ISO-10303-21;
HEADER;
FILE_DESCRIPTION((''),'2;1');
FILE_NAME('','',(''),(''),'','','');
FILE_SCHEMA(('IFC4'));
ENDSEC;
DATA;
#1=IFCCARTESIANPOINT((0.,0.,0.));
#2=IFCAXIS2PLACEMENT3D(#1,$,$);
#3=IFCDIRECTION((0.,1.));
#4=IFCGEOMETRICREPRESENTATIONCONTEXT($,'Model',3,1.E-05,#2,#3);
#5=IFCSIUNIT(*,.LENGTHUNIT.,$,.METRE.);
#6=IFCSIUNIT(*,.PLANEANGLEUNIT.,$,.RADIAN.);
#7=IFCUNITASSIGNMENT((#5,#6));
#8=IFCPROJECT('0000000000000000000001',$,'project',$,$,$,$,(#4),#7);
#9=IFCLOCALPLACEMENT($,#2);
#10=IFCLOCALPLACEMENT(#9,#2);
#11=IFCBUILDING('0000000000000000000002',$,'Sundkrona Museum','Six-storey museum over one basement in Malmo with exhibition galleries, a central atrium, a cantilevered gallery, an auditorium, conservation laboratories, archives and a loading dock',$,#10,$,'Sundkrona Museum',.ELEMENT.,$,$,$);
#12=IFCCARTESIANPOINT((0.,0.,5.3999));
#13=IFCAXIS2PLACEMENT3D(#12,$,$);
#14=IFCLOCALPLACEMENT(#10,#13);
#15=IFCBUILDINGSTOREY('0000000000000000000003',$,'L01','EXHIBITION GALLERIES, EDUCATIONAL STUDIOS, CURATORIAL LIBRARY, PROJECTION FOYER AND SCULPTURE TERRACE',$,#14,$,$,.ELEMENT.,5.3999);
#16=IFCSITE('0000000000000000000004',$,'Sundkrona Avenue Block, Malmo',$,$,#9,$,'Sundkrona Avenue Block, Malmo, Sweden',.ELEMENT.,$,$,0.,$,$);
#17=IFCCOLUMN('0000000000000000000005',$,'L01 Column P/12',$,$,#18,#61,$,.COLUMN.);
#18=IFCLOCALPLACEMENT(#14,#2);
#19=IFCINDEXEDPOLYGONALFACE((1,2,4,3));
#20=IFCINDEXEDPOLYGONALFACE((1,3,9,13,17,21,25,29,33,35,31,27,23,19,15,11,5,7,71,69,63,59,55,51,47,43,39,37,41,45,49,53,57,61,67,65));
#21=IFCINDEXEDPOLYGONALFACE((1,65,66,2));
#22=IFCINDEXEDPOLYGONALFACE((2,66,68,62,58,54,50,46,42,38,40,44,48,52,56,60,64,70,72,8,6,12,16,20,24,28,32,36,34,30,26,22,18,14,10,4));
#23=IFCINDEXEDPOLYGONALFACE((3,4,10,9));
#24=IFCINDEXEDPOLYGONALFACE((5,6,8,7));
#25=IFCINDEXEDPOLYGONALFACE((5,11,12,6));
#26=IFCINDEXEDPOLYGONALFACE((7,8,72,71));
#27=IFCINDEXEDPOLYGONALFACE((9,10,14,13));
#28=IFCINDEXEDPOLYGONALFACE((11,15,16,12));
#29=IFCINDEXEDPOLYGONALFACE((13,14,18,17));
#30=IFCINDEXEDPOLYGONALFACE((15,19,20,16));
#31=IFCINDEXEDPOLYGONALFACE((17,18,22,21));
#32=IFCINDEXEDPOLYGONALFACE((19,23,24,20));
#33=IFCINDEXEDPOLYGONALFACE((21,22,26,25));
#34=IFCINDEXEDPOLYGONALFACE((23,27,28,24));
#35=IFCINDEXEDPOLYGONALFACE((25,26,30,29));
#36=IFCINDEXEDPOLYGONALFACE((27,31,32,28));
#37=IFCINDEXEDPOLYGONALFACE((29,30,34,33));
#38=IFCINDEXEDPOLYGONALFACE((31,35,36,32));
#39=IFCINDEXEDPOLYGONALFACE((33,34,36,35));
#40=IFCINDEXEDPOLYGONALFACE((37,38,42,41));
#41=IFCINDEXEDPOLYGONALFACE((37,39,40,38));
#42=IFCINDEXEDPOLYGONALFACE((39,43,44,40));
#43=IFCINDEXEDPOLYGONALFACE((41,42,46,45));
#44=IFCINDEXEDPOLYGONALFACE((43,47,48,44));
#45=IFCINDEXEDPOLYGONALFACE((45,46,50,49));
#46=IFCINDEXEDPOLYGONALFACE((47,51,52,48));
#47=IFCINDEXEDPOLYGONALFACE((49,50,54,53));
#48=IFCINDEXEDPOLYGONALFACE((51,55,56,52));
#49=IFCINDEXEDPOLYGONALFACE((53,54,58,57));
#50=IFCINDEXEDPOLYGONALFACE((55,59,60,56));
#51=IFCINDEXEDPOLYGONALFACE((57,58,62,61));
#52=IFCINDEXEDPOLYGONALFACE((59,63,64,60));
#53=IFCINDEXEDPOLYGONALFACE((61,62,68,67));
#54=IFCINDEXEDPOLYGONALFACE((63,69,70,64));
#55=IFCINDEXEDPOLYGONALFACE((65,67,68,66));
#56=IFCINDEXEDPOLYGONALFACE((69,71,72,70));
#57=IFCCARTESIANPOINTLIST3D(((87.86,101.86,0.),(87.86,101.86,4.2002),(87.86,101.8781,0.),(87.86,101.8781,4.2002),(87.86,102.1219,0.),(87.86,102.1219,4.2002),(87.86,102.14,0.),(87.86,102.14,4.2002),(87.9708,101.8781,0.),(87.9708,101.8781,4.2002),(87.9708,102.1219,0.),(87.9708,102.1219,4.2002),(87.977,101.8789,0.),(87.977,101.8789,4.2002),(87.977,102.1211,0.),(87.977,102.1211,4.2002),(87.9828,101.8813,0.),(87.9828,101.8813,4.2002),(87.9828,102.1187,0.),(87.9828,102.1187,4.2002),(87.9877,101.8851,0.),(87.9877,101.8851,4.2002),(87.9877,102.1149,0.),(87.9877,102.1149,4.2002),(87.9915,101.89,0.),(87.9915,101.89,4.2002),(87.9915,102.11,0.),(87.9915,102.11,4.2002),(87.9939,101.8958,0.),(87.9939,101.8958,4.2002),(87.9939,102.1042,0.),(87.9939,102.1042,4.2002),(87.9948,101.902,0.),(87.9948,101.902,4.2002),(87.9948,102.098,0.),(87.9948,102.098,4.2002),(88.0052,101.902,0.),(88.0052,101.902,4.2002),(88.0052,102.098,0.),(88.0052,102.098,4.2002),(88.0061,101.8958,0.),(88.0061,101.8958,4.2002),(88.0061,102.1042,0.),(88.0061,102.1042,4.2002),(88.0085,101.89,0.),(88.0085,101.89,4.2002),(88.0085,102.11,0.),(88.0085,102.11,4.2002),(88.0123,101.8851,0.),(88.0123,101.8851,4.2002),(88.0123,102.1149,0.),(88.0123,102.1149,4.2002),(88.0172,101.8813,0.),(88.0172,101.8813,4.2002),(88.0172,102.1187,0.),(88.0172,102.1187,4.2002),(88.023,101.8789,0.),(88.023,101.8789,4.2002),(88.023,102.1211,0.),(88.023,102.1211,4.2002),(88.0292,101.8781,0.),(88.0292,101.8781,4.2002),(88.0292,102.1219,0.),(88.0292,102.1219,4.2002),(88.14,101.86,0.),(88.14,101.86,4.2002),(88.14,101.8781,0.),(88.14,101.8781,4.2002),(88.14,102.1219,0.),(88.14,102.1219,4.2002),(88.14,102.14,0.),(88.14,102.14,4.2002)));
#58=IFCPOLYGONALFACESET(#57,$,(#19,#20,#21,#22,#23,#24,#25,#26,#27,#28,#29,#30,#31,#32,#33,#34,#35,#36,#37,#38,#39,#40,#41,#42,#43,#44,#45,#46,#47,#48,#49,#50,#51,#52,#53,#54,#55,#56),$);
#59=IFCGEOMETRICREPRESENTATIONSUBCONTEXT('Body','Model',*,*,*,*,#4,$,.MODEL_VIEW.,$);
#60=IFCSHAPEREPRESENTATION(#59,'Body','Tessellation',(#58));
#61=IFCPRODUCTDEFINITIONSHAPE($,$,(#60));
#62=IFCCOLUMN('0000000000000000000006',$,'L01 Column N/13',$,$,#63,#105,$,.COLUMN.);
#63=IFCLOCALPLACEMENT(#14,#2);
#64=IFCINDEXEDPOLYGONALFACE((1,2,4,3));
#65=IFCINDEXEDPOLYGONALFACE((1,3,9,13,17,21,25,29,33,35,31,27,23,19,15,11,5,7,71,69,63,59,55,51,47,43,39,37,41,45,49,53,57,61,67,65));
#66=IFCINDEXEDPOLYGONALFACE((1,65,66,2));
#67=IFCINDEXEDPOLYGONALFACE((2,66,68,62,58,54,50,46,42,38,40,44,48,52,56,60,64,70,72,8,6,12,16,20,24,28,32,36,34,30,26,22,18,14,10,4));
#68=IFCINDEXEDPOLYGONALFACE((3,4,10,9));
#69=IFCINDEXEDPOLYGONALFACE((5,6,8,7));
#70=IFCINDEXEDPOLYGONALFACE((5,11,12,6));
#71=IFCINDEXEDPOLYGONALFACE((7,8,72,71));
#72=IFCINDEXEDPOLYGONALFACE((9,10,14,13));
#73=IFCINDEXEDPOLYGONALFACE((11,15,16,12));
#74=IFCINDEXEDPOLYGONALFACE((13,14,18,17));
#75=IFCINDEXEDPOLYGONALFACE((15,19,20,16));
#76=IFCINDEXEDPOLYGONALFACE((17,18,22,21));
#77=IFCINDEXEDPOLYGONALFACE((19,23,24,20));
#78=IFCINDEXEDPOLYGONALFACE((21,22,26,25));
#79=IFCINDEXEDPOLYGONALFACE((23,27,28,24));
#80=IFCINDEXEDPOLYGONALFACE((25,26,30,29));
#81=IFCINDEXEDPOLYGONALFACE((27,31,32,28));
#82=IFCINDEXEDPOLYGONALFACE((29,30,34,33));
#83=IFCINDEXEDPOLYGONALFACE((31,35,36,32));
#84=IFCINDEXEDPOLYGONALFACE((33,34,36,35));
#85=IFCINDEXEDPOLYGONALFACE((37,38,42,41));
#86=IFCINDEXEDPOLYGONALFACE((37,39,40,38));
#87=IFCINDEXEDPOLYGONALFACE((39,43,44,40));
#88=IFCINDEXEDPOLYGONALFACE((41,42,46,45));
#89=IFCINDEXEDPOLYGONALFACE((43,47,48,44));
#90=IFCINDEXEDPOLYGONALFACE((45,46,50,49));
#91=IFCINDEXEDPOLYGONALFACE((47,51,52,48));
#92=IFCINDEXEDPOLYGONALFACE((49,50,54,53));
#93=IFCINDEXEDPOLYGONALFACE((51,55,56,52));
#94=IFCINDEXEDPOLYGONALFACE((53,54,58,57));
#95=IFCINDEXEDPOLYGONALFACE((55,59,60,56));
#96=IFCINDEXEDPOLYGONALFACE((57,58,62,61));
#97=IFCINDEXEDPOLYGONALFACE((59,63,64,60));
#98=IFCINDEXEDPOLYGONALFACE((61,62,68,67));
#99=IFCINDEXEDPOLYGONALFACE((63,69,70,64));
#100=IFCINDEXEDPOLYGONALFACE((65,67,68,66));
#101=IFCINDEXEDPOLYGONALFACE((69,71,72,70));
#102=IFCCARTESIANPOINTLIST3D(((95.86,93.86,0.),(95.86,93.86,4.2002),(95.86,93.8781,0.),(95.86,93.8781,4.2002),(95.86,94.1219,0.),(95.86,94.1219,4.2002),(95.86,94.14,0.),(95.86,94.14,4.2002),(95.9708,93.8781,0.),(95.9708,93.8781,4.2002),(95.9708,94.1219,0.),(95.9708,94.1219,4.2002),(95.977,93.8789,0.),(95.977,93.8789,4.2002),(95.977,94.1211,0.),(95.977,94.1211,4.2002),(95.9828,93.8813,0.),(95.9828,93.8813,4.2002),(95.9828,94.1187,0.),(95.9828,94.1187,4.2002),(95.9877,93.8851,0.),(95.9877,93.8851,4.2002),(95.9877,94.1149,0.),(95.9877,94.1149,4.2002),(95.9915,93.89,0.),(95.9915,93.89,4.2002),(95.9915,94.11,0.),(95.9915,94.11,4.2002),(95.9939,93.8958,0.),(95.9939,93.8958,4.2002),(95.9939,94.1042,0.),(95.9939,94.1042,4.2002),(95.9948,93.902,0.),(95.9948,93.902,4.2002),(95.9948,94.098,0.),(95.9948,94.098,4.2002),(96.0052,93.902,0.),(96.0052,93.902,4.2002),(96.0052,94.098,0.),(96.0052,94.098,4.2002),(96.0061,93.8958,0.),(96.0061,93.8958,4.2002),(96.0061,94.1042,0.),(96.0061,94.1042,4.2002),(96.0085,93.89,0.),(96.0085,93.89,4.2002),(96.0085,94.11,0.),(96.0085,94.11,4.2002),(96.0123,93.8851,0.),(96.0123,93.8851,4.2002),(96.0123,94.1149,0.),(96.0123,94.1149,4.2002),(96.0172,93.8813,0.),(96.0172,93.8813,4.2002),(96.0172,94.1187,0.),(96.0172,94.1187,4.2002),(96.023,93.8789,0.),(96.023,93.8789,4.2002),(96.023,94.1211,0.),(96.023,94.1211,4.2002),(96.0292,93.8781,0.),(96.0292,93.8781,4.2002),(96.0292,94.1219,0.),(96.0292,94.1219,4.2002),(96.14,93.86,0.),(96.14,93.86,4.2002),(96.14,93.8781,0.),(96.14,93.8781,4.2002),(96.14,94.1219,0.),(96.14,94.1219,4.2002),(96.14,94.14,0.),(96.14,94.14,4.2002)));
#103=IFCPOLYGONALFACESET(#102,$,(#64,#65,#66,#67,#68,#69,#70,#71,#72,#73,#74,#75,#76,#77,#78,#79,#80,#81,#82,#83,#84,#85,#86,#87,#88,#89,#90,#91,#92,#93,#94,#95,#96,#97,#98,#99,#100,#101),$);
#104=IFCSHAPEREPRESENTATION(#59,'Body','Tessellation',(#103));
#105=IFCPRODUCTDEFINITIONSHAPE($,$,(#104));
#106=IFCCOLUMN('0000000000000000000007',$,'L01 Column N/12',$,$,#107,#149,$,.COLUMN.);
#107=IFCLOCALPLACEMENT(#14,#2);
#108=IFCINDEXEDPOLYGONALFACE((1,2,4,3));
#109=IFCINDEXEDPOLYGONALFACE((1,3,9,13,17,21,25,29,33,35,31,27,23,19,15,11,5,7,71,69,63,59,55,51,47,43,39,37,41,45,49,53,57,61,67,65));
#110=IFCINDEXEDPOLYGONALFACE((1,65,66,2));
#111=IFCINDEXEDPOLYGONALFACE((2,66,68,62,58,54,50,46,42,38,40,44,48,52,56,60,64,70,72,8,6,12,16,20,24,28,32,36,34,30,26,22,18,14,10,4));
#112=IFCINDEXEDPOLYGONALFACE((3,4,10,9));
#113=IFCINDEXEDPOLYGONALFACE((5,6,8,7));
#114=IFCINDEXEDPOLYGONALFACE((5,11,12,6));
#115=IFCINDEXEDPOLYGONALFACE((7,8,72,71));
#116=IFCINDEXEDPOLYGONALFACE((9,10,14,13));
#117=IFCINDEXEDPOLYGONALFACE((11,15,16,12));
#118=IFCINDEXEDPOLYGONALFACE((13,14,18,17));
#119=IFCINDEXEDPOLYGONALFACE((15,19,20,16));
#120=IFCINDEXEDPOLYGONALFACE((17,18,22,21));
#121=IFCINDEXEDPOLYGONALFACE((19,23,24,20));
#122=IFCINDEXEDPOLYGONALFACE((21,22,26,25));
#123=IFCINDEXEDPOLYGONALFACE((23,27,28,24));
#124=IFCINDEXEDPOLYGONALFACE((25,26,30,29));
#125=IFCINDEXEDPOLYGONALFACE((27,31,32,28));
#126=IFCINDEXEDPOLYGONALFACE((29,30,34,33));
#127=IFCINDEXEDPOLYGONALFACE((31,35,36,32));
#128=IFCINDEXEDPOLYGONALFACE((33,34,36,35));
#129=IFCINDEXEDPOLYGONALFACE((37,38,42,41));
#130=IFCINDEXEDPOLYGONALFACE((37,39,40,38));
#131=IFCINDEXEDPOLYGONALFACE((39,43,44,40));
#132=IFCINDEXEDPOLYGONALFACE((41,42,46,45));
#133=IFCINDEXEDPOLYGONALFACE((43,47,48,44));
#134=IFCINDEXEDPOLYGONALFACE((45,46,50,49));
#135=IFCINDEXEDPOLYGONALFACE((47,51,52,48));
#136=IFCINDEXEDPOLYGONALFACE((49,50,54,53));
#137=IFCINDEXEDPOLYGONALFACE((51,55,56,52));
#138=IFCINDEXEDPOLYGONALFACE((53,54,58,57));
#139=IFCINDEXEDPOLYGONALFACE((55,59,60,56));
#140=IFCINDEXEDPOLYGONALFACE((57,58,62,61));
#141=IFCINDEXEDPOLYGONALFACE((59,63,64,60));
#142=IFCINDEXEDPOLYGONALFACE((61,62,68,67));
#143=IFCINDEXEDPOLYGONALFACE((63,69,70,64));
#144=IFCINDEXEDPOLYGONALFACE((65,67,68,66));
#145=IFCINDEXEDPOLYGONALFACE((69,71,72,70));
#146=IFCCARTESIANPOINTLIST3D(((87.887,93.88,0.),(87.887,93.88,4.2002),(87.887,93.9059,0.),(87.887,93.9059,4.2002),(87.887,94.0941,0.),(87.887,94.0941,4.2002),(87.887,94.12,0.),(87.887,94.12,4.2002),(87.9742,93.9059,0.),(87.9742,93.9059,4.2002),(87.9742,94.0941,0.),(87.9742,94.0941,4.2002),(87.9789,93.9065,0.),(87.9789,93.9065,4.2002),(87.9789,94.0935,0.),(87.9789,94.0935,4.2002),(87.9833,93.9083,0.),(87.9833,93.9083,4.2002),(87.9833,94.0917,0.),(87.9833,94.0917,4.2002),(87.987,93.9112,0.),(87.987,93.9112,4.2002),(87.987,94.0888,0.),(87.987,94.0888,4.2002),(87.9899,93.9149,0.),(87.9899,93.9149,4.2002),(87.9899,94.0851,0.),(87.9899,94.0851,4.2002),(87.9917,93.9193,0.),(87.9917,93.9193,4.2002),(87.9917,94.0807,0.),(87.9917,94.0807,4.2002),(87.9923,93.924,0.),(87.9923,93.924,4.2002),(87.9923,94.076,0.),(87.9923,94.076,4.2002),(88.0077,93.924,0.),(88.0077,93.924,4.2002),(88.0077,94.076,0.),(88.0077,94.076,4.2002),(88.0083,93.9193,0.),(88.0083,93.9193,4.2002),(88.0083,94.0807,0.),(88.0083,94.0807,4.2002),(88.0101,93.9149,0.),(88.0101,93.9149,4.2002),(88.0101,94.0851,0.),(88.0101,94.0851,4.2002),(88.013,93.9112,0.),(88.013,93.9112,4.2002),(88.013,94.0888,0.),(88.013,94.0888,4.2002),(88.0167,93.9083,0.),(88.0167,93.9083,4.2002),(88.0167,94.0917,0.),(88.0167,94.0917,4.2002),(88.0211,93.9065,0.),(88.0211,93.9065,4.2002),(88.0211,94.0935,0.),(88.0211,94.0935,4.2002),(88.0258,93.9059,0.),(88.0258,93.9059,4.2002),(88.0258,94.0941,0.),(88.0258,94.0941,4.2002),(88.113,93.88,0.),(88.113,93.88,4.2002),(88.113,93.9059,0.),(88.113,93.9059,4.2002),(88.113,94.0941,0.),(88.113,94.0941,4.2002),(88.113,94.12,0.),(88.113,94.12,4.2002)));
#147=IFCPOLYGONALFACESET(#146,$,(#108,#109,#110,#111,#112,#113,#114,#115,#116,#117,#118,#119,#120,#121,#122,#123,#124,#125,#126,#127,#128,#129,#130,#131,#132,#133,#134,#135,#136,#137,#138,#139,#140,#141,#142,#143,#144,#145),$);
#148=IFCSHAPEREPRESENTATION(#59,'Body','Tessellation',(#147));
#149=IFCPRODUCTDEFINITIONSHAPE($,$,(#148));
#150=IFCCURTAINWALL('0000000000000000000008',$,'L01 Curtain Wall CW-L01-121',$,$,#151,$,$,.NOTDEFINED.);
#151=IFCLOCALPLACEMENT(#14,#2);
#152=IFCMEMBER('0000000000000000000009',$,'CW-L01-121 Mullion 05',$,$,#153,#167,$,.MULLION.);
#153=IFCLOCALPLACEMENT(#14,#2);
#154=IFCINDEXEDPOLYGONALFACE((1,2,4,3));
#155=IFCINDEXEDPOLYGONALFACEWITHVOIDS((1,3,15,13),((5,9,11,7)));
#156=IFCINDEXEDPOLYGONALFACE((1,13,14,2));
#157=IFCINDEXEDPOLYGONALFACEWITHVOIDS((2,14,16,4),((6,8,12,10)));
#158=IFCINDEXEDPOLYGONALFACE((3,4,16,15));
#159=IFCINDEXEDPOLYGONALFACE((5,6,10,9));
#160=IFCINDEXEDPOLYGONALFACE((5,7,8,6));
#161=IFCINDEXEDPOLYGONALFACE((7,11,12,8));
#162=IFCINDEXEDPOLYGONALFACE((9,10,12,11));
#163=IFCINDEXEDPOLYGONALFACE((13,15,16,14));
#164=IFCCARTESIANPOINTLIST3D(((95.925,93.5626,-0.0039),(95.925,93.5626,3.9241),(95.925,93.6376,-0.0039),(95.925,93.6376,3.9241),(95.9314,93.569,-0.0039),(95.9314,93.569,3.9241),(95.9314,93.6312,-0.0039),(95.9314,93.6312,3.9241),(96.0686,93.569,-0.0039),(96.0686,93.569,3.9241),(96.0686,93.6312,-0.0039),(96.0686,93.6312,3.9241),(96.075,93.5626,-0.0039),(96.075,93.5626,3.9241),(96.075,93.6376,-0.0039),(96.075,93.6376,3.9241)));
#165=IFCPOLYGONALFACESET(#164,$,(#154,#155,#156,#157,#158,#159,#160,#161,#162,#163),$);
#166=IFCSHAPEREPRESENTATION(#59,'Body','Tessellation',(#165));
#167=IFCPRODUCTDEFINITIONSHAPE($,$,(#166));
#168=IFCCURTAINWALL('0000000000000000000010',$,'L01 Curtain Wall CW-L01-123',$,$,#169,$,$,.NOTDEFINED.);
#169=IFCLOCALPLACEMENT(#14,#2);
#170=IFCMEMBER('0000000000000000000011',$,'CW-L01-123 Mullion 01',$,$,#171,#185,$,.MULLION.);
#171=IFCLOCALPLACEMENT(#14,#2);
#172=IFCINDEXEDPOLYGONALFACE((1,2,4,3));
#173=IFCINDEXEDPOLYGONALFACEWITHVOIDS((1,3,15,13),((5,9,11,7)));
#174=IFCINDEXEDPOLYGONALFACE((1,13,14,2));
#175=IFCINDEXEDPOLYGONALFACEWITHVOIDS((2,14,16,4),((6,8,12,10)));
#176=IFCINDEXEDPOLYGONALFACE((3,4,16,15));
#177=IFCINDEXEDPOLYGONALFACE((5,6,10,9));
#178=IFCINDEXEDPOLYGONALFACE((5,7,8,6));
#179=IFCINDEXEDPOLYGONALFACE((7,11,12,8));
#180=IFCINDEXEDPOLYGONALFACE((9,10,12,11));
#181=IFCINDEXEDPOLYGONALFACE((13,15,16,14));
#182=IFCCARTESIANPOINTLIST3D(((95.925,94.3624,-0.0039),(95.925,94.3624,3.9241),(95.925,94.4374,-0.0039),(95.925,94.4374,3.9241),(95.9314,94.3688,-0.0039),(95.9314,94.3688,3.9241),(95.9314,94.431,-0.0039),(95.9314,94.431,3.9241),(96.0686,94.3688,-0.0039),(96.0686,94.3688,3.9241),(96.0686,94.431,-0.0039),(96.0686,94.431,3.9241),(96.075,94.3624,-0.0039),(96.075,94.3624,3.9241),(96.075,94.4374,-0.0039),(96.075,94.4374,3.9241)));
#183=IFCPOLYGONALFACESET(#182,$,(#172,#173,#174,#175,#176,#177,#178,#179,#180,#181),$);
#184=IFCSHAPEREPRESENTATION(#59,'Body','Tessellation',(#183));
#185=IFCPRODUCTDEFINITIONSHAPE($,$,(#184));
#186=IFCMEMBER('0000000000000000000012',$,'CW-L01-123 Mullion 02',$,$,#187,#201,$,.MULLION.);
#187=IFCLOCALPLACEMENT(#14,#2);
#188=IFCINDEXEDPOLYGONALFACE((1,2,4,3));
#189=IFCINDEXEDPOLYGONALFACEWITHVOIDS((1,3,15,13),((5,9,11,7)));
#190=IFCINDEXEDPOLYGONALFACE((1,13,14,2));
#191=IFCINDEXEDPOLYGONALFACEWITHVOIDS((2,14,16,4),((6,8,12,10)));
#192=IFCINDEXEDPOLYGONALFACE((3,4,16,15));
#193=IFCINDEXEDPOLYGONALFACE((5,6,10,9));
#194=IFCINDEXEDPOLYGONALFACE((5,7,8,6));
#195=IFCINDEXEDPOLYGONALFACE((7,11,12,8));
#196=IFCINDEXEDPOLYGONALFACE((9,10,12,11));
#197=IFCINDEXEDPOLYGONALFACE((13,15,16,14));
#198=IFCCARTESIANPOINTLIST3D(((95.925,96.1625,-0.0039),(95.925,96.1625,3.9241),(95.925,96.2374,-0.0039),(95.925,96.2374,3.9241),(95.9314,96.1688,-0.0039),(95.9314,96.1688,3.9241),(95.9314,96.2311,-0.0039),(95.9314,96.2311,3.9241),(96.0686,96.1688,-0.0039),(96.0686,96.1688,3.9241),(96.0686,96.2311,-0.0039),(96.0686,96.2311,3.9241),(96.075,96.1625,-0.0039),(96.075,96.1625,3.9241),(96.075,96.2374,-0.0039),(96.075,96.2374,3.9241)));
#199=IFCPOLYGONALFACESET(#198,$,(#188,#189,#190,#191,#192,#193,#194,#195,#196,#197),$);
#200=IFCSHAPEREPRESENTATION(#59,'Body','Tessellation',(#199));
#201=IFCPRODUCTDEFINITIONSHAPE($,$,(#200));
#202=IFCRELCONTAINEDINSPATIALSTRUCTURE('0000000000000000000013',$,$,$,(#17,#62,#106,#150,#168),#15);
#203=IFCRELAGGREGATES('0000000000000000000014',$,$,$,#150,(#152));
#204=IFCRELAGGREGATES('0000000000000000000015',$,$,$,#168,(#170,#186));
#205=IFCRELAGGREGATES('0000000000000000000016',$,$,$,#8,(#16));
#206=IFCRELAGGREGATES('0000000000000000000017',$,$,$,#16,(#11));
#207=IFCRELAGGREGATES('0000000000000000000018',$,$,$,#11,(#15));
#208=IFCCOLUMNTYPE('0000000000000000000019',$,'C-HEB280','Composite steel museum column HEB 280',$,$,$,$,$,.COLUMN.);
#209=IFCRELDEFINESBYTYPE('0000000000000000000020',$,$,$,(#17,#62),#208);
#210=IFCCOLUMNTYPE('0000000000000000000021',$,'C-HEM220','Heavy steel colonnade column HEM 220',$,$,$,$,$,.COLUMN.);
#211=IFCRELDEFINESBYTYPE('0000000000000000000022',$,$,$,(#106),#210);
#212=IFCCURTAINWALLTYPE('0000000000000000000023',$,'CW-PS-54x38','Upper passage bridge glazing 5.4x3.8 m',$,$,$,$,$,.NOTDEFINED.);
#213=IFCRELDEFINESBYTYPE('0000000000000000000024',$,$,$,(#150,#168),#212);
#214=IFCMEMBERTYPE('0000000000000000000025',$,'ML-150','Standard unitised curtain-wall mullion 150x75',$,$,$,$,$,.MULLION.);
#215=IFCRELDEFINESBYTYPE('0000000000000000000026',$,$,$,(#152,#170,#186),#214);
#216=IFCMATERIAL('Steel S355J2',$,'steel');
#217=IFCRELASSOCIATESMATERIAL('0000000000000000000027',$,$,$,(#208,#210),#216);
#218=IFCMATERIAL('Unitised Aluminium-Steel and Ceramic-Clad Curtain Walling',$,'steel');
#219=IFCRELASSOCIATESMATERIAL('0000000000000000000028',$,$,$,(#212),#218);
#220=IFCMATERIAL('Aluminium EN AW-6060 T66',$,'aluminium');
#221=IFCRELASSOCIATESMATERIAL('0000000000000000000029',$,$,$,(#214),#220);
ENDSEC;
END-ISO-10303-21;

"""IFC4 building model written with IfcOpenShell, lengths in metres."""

from ifc_helpers import new_model, si_unit, direction, frame, origin, origin_2d, place, context, subcontext, project, spatial, hollow_rectangle, i_section, extrude, material, material_profile, profile_set, type_object, element, aggregate, save


model = new_model("IFC4")

# Units and contexts
model_context = context("Model", 3, precision=1e-05, world=origin(), true_north=direction((0.0, 1.0)))
body_context = subcontext(model_context, "Body", "Model", "MODEL_VIEW")
ifc_project = project(units=[si_unit("LENGTHUNIT", "METRE"), si_unit("PLANEANGLEUNIT", "RADIAN")], contexts=[model_context])

# Site, building, storey
site_placement = place(None, origin())
site = spatial("IfcSite", under=ifc_project, at=site_placement, Name="Sundkrona Avenue Block, Malmo", LongName="Sundkrona Avenue Block, Malmo, Sweden", CompositionType="ELEMENT", RefElevation=0.0)
building_placement = place(site_placement, origin())
building = spatial("IfcBuilding", under=site, at=building_placement, Name="Sundkrona Museum", Description="Six-storey museum over one basement in Malmo with exhibition galleries, a central atrium, a cantilevered gallery, an auditorium, conservation laboratories, archives and a loading dock", LongName="Sundkrona Museum", CompositionType="ELEMENT")
storey_placement = place(building_placement, frame((0.0, 0.0, 5.3999)))
storey = spatial("IfcBuildingStorey", under=building, at=storey_placement, Name="L01", Description="EXHIBITION GALLERIES, EDUCATIONAL STUDIOS, CURATORIAL LIBRARY, PROJECTION FOYER AND SCULPTURE TERRACE", CompositionType="ELEMENT", Elevation=5.3999)

# Columns
ifc_material_1 = material(Name="Steel S355J2", Category="steel")
ifc_material_profile_1 = material_profile(ifc_material_1, i_section(OverallWidth=0.28, OverallDepth=0.28, WebThickness=0.0105, FlangeThickness=0.0181, FilletRadius=0.0239, at=origin_2d()), Name="HEB 280")
ifc_profile_set_1 = profile_set([ifc_material_profile_1], Name="Steel S355J2")
column_type_1 = type_object("IfcColumnType", Name="C-HEB280", Description="Composite steel museum column HEB 280", PredefinedType="COLUMN", material=ifc_profile_set_1)
for number, where, z_axis, x_axis, name in (
    (1, (88.0, 102.0, 0.0), (0.0, 0.0, 1.0), (1.0, 0.0, 0.0), "L01 Column P/12"),
    (2, (96.0, 94.0, 0.0), (0.0, 0.0, 1.0), (1.0, 0.0, 0.0), "L01 Column N/13"),
):
    element("IfcColumn", number, at=place(storey_placement, frame(where, z_axis=z_axis, x_axis=x_axis)), inside=storey, type_object=column_type_1, Name=name, PredefinedType="COLUMN", context=body_context, shape_type="SweptSolid", body=[
        extrude(i_section(OverallWidth=0.28, OverallDepth=0.28, WebThickness=0.0105, FlangeThickness=0.0181, FilletRadius=0.0239, at=origin_2d()), origin(), (0.0, 0.0, 1.0), 4.2002),
    ])
ifc_material_profile_2 = material_profile(ifc_material_1, i_section(OverallWidth=0.2261, OverallDepth=0.24, WebThickness=0.0154, FlangeThickness=0.0259, FilletRadius=0.0181, at=origin_2d()), Name="HEM 220")
ifc_profile_set_2 = profile_set([ifc_material_profile_2], Name="Steel S355J2")
column_type_2 = type_object("IfcColumnType", Name="C-HEM220", Description="Heavy steel colonnade column HEM 220", PredefinedType="COLUMN", material=ifc_profile_set_2)
column_placement = place(storey_placement, frame((88.0, 94.0, 0.0), z_axis=(0.0, 0.0, 1.0), x_axis=(1.0, 0.0, 0.0)))
element("IfcColumn", 3, at=column_placement, inside=storey, type_object=column_type_2, Name="L01 Column N/12", PredefinedType="COLUMN", context=body_context, shape_type="SweptSolid", body=[
    extrude(i_section(OverallWidth=0.2261, OverallDepth=0.24, WebThickness=0.0154, FlangeThickness=0.0259, FilletRadius=0.0181, at=origin_2d()), origin(), (0.0, 0.0, 1.0), 4.2002),
])

# Curtain wall, member
ifc_material_2 = material(Name="Unitised Aluminium-Steel and Ceramic-Clad Curtain Walling", Category="steel")
curtain_wall_type = type_object("IfcCurtainWallType", Name="CW-PS-54x38", Description="Upper passage bridge glazing 5.4x3.8 m", PredefinedType="NOTDEFINED", material=ifc_material_2)
curtain_wall_1_placement = place(storey_placement, origin())
curtain_wall_1 = element("IfcCurtainWall", 4, at=curtain_wall_1_placement, inside=storey, type_object=curtain_wall_type, Name="L01 Curtain Wall CW-L01-121", PredefinedType="NOTDEFINED")
ifc_material_3 = material(Name="Aluminium EN AW-6060 T66", Category="aluminium")
ifc_material_profile_3 = material_profile(ifc_material_3, hollow_rectangle(XDim=0.075, YDim=0.1499, WallThickness=0.0063, at=origin_2d()), Name="RHS 150x75x6.3")
ifc_profile_set_3 = profile_set([ifc_material_profile_3], Name="Aluminium EN AW-6060 T66")
member_type_1 = type_object("IfcMemberType", Name="ML-150", Description="Standard unitised curtain-wall mullion 150x75", PredefinedType="MULLION", material=ifc_profile_set_3)
member_1_placement = place(storey_placement, frame((96.0, 93.6001, -0.0039), z_axis=(0.0, 0.0, 1.0), x_axis=(0.0, 1.0, 0.0)))
member_1 = element("IfcMember", 5, at=member_1_placement, type_object=member_type_1, Name="CW-L01-121 Mullion 05", PredefinedType="MULLION", context=body_context, shape_type="SweptSolid", body=[
    extrude(hollow_rectangle(XDim=0.075, YDim=0.1499, WallThickness=0.0063, at=origin_2d()), origin(), (0.0, 0.0, 1.0), 3.928),
])

# Curtain wall, members
curtain_wall_2_placement = place(storey_placement, origin())
curtain_wall_2 = element("IfcCurtainWall", 6, at=curtain_wall_2_placement, inside=storey, type_object=curtain_wall_type, Name="L01 Curtain Wall CW-L01-123", PredefinedType="NOTDEFINED")
member_2_placement = place(storey_placement, frame((96.0, 94.3999, -0.0039), z_axis=(0.0, 0.0, 1.0), x_axis=(0.0, 1.0, 0.0)))
member_2 = element("IfcMember", 7, at=member_2_placement, type_object=member_type_1, Name="CW-L01-123 Mullion 01", PredefinedType="MULLION", context=body_context, shape_type="SweptSolid", body=[
    extrude(hollow_rectangle(XDim=0.075, YDim=0.1499, WallThickness=0.0063, at=origin_2d()), origin(), (0.0, 0.0, 1.0), 3.928),
])
member_3_placement = place(storey_placement, frame((96.0, 96.2, -0.0039), z_axis=(0.0, 0.0, 1.0), x_axis=(0.0, 1.0, 0.0)))
member_3 = element("IfcMember", 8, at=member_3_placement, type_object=member_type_1, Name="CW-L01-123 Mullion 02", PredefinedType="MULLION", context=body_context, shape_type="SweptSolid", body=[
    extrude(hollow_rectangle(XDim=0.075, YDim=0.1499, WallThickness=0.0063, at=origin_2d()), origin(), (0.0, 0.0, 1.0), 3.928),
])

aggregate(curtain_wall_1, [member_1])
aggregate(curtain_wall_2, [member_2, member_3])

save(model, "model.ifc")
